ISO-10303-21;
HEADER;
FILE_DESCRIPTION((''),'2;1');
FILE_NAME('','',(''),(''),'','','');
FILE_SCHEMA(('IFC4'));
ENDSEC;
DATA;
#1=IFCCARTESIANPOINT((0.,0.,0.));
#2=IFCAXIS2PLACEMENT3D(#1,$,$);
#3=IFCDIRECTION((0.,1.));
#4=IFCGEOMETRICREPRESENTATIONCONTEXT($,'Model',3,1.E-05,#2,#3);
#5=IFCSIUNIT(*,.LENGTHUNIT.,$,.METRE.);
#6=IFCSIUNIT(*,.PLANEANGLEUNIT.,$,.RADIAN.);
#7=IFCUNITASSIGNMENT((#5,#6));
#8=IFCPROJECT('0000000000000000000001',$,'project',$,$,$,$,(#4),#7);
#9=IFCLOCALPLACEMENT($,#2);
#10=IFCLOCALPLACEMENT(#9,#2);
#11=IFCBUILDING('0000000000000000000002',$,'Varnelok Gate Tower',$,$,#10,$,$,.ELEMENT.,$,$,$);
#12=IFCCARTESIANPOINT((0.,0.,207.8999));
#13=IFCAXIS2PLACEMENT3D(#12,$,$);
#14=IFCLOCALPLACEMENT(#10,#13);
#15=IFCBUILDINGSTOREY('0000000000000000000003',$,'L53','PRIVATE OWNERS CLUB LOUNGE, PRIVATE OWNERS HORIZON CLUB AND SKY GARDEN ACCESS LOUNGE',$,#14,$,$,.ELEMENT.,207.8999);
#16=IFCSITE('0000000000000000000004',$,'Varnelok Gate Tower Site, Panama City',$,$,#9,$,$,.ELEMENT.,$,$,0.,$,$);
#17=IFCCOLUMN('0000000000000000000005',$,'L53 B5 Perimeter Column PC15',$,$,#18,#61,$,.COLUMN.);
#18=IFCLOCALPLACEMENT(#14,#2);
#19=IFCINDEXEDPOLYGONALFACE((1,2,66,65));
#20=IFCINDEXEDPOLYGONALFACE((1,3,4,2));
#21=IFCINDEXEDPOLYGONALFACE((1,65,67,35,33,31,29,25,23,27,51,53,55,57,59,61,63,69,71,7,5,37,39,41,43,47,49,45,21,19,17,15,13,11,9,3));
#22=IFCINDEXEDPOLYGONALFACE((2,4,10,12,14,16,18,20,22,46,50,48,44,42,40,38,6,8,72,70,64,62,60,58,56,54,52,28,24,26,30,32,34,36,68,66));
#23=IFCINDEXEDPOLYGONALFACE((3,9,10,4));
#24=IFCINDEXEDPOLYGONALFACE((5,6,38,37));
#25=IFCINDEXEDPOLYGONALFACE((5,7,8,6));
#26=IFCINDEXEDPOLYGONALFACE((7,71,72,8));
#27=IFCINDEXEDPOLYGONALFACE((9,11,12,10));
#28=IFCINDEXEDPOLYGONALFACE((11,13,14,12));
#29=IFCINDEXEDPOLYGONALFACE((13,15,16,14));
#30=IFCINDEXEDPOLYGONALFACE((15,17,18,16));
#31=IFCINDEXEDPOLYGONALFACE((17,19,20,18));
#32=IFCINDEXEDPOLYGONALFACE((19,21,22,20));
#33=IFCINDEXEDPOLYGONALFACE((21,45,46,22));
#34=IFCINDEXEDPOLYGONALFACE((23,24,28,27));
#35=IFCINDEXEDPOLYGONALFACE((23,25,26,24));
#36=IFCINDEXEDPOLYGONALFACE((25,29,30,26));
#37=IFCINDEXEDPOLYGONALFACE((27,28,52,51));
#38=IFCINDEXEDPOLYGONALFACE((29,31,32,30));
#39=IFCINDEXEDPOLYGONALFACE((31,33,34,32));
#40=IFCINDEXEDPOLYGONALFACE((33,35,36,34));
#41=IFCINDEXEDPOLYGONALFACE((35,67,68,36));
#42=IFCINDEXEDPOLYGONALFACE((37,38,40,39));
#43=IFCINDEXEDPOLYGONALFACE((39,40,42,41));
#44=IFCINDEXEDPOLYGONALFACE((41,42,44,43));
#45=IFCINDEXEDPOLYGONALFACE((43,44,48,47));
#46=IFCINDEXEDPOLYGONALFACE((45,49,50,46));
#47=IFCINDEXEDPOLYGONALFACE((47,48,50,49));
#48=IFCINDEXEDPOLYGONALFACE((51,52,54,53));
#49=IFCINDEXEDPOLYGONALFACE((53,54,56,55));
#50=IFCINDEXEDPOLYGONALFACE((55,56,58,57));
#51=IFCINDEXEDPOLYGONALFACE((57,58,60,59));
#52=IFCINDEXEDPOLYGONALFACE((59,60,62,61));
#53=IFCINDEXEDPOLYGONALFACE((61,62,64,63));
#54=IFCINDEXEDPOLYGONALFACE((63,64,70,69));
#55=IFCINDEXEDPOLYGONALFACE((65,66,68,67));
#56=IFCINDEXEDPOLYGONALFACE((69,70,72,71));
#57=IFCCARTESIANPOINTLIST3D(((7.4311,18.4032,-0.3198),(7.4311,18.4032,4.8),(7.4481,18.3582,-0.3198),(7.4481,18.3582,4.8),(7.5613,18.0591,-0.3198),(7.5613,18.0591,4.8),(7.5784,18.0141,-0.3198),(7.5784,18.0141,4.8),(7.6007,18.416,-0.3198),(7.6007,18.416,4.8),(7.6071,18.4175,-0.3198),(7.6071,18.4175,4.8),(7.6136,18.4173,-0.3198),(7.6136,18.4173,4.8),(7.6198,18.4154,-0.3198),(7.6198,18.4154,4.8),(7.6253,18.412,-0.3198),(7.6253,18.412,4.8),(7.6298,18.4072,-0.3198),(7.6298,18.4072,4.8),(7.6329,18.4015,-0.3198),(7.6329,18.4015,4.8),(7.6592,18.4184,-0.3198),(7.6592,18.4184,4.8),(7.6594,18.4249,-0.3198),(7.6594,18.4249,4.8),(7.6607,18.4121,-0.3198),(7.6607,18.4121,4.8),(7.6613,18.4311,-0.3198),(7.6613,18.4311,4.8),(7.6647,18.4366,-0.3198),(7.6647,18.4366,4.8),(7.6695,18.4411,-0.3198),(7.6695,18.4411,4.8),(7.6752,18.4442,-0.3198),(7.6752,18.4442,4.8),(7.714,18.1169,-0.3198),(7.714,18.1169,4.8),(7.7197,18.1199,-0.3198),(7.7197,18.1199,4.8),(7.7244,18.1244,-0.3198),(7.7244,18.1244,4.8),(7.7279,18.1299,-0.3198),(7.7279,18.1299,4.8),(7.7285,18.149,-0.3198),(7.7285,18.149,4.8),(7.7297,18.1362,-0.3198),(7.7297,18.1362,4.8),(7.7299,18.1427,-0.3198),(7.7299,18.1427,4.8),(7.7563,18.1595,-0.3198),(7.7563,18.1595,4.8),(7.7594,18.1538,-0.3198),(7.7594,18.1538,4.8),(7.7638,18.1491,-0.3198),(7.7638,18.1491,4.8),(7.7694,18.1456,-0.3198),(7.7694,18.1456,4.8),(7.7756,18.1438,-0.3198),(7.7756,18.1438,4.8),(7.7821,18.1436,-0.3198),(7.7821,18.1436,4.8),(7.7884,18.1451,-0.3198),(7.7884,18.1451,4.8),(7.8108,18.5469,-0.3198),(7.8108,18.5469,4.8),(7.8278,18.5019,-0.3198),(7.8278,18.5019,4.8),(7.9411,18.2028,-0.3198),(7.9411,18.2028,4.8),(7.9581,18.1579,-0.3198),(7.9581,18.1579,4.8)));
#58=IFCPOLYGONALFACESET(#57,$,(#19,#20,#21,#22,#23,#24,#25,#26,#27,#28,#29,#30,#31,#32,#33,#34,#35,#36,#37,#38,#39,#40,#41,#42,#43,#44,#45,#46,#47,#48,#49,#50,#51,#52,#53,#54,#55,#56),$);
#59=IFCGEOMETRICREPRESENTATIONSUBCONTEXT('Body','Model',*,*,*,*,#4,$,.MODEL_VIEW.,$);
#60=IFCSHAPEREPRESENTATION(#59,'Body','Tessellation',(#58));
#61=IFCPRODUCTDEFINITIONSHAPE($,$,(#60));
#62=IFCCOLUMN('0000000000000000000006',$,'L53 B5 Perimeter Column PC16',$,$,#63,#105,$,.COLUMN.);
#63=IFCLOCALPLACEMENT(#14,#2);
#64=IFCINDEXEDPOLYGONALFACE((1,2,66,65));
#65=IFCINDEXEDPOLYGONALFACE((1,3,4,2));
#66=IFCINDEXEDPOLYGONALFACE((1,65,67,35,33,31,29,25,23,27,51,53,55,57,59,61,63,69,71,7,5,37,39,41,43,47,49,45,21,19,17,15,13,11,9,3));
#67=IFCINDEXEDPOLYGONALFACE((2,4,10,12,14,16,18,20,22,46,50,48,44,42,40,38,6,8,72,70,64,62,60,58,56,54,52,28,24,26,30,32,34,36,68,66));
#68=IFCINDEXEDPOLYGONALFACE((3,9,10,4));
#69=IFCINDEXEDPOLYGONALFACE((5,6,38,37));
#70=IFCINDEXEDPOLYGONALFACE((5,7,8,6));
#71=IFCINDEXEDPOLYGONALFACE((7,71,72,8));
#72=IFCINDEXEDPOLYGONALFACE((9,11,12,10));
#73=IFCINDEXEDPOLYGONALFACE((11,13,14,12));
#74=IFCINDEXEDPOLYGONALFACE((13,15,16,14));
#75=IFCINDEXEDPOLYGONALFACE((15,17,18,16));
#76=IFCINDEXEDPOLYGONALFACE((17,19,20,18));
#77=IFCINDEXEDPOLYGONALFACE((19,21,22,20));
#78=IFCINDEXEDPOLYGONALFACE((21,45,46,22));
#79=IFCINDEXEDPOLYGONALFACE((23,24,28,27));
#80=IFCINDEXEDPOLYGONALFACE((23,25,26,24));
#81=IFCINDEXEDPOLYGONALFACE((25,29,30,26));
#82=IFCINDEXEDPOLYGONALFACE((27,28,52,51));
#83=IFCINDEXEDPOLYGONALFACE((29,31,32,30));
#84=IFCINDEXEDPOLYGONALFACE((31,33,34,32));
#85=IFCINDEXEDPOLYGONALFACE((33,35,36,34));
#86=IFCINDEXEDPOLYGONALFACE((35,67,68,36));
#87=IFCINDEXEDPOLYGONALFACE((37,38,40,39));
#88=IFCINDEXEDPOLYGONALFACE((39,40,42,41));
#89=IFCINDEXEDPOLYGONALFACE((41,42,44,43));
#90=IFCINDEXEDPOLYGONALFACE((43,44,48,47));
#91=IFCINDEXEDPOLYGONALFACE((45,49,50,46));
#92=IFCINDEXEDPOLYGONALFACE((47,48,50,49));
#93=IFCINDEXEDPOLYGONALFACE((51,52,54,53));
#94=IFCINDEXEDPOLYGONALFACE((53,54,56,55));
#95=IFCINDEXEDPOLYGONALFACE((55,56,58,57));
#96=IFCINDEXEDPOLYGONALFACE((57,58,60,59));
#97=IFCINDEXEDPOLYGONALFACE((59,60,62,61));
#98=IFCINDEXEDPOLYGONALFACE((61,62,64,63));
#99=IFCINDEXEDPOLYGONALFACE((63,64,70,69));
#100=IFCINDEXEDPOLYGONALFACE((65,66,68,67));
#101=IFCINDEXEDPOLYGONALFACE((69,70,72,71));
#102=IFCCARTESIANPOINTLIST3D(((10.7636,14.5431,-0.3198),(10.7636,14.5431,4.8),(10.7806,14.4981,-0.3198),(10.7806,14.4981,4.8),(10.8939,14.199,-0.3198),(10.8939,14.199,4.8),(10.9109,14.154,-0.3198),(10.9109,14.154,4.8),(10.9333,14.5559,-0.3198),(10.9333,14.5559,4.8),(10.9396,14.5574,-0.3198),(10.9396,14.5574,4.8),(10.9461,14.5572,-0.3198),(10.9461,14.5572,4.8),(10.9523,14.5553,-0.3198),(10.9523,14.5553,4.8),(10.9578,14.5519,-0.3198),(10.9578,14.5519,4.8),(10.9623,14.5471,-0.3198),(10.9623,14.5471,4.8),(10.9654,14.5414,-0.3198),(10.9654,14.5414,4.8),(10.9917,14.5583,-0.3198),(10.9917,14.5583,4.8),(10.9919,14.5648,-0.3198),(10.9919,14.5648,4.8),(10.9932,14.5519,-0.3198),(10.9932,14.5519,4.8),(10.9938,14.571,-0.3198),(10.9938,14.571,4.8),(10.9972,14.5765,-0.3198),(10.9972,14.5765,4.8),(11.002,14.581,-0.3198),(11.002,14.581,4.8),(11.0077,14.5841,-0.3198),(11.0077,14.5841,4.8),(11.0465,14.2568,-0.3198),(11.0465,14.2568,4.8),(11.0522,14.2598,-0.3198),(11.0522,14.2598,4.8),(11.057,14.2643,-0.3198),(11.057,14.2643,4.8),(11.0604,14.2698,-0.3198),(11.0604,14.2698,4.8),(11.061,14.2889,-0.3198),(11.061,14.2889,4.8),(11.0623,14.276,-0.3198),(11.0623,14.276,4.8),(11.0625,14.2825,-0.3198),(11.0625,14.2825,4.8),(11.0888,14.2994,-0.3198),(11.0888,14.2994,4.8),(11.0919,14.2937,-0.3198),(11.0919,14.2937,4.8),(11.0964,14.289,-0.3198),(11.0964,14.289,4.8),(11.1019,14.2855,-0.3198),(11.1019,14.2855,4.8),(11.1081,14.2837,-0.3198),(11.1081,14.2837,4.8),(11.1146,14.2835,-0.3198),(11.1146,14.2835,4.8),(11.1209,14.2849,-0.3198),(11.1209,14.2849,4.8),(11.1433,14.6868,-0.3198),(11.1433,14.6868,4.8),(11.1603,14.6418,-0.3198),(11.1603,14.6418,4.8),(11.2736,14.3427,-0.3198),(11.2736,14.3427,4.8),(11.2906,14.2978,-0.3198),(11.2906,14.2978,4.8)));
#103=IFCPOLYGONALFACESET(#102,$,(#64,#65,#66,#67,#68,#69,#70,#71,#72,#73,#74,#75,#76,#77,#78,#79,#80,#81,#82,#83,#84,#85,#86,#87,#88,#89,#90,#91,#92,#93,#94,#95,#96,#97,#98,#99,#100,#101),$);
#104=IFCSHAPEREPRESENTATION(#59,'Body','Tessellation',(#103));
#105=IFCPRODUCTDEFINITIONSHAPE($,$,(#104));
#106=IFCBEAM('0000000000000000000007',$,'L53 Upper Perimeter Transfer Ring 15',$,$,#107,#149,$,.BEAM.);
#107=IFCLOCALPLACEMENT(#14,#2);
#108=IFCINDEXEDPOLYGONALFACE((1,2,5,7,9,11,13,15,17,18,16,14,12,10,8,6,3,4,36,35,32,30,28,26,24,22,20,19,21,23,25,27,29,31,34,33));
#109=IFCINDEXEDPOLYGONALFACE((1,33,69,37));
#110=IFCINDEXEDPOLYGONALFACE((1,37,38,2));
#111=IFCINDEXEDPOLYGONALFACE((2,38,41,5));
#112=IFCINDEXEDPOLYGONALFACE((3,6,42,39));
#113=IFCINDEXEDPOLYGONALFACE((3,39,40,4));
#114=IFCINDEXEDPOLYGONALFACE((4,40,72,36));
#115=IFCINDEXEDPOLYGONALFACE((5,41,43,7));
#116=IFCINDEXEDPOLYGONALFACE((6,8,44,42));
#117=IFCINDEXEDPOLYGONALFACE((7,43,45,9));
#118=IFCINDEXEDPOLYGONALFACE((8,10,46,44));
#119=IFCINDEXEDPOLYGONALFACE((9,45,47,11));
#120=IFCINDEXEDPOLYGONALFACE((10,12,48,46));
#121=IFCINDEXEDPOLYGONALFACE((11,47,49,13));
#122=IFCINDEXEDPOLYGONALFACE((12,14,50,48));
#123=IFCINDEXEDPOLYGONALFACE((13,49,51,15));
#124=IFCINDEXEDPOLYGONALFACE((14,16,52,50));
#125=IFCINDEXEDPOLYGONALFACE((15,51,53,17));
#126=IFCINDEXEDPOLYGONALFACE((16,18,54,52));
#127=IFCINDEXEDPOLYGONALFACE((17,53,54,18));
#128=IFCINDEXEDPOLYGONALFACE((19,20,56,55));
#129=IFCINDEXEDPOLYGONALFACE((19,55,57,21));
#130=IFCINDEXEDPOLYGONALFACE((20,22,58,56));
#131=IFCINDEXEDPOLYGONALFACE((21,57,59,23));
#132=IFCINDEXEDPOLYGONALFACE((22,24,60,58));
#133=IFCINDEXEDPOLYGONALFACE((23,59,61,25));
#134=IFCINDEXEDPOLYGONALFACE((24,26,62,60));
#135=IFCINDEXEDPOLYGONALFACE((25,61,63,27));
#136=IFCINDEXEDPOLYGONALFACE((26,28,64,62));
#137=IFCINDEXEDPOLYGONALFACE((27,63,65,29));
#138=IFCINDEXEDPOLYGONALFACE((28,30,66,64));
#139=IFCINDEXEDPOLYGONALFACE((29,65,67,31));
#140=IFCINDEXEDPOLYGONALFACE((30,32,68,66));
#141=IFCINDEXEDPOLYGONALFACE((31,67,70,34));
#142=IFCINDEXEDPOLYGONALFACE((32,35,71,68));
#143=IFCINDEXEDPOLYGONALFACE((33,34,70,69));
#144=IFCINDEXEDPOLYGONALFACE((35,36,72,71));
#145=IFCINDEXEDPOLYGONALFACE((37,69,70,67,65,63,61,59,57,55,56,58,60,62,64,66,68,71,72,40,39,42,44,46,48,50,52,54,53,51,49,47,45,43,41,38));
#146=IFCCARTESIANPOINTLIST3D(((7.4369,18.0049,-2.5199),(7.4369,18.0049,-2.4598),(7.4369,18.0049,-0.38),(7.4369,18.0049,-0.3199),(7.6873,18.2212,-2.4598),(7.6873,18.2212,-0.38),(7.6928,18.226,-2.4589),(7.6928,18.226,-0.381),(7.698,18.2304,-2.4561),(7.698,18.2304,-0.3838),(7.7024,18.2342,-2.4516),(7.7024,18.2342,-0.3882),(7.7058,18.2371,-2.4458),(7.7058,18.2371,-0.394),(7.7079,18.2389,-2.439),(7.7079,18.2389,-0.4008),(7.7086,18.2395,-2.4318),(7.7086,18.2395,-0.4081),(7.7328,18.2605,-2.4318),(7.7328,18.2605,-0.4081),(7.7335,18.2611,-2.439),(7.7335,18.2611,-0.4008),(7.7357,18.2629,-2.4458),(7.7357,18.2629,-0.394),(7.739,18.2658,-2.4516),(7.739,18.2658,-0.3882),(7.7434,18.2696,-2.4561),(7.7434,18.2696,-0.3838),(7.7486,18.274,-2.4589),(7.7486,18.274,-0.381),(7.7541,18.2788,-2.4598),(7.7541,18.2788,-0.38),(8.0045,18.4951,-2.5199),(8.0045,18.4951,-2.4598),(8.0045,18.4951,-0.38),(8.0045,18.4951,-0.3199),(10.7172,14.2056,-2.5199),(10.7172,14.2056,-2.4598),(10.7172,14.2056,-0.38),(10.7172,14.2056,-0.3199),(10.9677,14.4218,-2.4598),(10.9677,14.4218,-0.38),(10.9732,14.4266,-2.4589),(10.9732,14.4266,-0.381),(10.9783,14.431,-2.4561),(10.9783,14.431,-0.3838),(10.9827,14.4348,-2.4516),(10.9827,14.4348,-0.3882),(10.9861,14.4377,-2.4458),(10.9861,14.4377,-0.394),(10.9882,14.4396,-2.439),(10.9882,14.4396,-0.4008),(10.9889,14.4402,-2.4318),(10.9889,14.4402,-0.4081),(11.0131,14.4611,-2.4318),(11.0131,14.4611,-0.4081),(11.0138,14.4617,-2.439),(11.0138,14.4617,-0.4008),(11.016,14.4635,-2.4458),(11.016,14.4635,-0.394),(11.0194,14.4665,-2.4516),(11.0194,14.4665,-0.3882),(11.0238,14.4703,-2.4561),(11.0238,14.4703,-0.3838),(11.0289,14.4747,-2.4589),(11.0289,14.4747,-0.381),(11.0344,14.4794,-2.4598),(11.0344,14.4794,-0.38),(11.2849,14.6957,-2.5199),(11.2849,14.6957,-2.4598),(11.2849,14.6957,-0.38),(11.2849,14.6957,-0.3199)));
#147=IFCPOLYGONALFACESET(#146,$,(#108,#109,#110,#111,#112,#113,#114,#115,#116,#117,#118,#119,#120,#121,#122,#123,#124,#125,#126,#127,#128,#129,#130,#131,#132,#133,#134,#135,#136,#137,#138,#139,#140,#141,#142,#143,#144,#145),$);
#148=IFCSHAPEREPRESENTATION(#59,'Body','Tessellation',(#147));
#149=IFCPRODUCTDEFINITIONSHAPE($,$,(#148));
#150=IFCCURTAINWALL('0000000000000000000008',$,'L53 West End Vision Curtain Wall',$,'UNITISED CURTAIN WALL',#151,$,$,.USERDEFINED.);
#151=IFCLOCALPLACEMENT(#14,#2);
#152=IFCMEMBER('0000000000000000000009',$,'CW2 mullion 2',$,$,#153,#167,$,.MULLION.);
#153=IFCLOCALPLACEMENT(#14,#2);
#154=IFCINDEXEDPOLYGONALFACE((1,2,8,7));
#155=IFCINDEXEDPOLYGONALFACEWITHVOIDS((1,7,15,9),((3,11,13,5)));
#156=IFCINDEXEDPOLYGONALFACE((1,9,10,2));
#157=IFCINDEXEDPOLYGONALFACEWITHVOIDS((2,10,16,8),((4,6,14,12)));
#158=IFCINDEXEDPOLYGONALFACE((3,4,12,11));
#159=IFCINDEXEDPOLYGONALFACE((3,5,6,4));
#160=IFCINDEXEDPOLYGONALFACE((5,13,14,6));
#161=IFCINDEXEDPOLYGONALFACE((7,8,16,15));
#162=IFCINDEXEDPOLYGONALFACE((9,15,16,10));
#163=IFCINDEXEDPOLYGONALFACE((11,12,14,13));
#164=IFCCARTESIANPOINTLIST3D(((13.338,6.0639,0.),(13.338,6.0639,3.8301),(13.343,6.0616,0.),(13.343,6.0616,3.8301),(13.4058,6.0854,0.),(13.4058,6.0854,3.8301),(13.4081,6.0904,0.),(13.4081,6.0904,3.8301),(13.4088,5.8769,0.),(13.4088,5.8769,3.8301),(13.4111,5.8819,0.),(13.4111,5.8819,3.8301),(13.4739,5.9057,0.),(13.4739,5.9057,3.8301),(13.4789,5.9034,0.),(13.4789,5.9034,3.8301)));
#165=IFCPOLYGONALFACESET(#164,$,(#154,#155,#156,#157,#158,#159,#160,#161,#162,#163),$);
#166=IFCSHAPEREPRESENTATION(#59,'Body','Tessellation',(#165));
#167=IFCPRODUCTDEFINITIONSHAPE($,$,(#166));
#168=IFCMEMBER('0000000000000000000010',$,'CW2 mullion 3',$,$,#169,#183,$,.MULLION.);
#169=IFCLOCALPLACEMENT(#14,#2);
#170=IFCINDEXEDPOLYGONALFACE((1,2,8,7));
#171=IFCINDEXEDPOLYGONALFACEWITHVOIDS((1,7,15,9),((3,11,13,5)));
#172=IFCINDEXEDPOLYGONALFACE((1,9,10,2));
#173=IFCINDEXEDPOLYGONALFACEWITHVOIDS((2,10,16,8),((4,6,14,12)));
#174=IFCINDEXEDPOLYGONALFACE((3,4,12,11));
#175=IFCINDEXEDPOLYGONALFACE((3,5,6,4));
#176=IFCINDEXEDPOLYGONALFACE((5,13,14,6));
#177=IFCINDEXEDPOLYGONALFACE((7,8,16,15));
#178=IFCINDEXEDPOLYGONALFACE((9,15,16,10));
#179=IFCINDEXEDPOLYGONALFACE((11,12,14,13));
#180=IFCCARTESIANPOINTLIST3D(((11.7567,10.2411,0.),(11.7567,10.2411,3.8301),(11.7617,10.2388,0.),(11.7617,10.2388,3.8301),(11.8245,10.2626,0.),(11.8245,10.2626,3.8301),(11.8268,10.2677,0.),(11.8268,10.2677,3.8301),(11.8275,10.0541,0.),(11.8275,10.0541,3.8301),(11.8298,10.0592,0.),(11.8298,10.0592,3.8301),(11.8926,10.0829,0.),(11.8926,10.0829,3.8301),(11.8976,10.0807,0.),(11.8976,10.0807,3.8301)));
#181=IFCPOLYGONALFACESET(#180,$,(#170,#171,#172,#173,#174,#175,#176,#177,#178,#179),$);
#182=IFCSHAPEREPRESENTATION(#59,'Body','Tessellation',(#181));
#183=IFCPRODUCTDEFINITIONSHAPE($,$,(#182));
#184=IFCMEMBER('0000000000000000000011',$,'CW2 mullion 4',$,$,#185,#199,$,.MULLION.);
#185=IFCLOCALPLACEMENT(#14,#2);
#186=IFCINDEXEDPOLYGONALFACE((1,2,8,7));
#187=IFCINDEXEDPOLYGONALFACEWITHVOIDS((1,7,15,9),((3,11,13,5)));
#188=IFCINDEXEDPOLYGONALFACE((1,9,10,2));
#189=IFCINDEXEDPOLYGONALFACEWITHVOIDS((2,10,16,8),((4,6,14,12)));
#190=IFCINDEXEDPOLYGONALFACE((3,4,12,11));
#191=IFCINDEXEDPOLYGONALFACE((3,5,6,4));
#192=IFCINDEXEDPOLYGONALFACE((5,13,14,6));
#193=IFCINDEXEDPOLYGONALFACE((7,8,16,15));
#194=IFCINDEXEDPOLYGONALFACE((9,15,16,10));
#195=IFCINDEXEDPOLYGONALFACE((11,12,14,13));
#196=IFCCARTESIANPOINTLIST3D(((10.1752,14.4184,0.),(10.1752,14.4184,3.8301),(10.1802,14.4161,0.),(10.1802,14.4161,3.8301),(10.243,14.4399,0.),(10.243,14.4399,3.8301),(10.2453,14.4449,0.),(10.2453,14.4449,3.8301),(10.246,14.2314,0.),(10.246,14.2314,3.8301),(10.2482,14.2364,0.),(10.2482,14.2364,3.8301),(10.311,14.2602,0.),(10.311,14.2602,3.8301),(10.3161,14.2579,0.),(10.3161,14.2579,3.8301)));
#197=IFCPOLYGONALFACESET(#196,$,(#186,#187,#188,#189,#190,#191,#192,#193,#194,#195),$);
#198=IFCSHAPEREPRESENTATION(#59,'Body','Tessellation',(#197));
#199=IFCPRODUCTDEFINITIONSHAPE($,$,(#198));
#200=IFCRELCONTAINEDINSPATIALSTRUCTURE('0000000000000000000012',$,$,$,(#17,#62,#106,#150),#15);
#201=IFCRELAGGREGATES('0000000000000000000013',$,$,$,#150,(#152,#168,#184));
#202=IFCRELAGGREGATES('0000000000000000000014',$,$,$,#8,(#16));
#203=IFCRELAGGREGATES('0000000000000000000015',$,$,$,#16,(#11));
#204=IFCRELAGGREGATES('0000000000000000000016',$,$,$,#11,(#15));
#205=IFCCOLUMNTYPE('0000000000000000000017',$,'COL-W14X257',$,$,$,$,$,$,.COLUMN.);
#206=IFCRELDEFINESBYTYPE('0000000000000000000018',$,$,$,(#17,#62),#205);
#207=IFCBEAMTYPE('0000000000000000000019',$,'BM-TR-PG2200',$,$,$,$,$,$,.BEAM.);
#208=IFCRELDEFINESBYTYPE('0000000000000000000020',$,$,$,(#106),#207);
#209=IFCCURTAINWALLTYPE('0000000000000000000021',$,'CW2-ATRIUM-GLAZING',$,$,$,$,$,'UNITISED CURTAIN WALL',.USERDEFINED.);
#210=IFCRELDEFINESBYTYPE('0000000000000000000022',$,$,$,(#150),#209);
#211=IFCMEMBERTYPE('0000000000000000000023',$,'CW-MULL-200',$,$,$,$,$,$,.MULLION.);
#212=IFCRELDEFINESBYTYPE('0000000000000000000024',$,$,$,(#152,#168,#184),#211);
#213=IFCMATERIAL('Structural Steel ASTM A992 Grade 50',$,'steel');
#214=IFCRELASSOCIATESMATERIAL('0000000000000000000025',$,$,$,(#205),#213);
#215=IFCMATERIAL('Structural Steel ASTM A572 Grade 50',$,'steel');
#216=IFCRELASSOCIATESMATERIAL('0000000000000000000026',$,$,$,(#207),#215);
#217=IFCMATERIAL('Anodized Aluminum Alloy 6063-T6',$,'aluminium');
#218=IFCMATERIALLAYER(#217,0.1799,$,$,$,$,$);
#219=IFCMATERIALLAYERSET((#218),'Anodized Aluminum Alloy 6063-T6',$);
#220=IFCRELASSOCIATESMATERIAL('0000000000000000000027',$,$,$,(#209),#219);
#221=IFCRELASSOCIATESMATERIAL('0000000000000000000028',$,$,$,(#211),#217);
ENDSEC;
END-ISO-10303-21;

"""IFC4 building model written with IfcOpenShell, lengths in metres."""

from ifc_helpers import new_model, si_unit, direction, frame, origin, origin_2d, place, context, subcontext, project, spatial, hollow_rectangle, i_section, extrude, material, layer, layer_set, material_profile, profile_set, type_object, element, aggregate, save


model = new_model("IFC4")

# Units and contexts
model_context = context("Model", 3, precision=1e-05, world=origin(), true_north=direction((0.0, 1.0)))
body_context = subcontext(model_context, "Body", "Model", "MODEL_VIEW")
ifc_project = project(units=[si_unit("LENGTHUNIT", "METRE"), si_unit("PLANEANGLEUNIT", "RADIAN")], contexts=[model_context])

# Site, building, storey
site_placement = place(None, origin())
site = spatial("IfcSite", under=ifc_project, at=site_placement, Name="Varnelok Gate Tower Site, Panama City", CompositionType="ELEMENT", RefElevation=0.0)
building_placement = place(site_placement, origin())
building = spatial("IfcBuilding", under=site, at=building_placement, Name="Varnelok Gate Tower", CompositionType="ELEMENT")
storey_placement = place(building_placement, frame((0.0, 0.0, 207.8999)))
storey = spatial("IfcBuildingStorey", under=building, at=storey_placement, Name="L53", Description="PRIVATE OWNERS CLUB LOUNGE, PRIVATE OWNERS HORIZON CLUB AND SKY GARDEN ACCESS LOUNGE", CompositionType="ELEMENT", Elevation=207.8999)

# Columns
ifc_material_1 = material(Name="Structural Steel ASTM A992 Grade 50", Category="steel")
ifc_material_profile_1 = material_profile(ifc_material_1, i_section(OverallWidth=0.406, OverallDepth=0.416, WebThickness=0.0298, FlangeThickness=0.0481, FilletRadius=0.0249, at=origin_2d()), Name="W14X257")
ifc_profile_set_1 = profile_set([ifc_material_profile_1], Name="Structural Steel ASTM A992 Grade 50")
column_type = type_object("IfcColumnType", Name="COL-W14X257", PredefinedType="COLUMN", material=ifc_profile_set_1)
for number, where, z_axis, x_axis, name in (
    (1, (7.6946, 18.2805, -0.3198), (0.0, 0.0, 1.0), (0.935222, 0.354063, 0.0), "L53 B5 Perimeter Column PC15"),
    (2, (11.0271, 14.4204, -0.3198), (0.0, 0.0, 1.0), (0.935222, 0.354063, 0.0), "L53 B5 Perimeter Column PC16"),
):
    element("IfcColumn", number, at=place(storey_placement, frame(where, z_axis=z_axis, x_axis=x_axis)), inside=storey, type_object=column_type, Name=name, PredefinedType="COLUMN", context=body_context, shape_type="SweptSolid", body=[
        extrude(i_section(OverallWidth=0.406, OverallDepth=0.416, WebThickness=0.0298, FlangeThickness=0.0481, FilletRadius=0.0249, at=origin_2d()), origin(), (0.0, 0.0, 1.0), 5.1199),
    ])

# Beam
ifc_material_2 = material(Name="Structural Steel ASTM A572 Grade 50", Category="steel")
ifc_material_profile_2 = material_profile(ifc_material_2, i_section(OverallWidth=0.75, OverallDepth=2.2, WebThickness=0.032, FlangeThickness=0.0601, FilletRadius=0.0281, at=origin_2d()), Name="PG2200X750")
ifc_profile_set_2 = profile_set([ifc_material_profile_2], Name="Structural Steel ASTM A572 Grade 50")
beam_type = type_object("IfcBeamType", Name="BM-TR-PG2200", PredefinedType="BEAM", material=ifc_profile_set_2)
beam_placement = place(storey_placement, frame((7.7207, 18.25, -1.4199), z_axis=(0.653511, -0.756917, 0.0), x_axis=(0.756917, 0.653511, 0.0)))
element("IfcBeam", 3, at=beam_placement, inside=storey, type_object=beam_type, Name="L53 Upper Perimeter Transfer Ring 15", PredefinedType="BEAM", context=body_context, shape_type="SweptSolid", body=[
    extrude(i_section(OverallWidth=0.75, OverallDepth=2.2, WebThickness=0.032, FlangeThickness=0.0601, FilletRadius=0.0281, at=origin_2d()), origin(), (0.0, 0.0, 1.0), 5.0195),
])

# Curtain wall, members
ifc_material_3 = material(Name="Anodized Aluminum Alloy 6063-T6", Category="aluminium")
ifc_layer_1 = layer(ifc_material_3, 0.1799)
ifc_layer_set_1 = layer_set([ifc_layer_1], Name="Anodized Aluminum Alloy 6063-T6")
curtain_wall_type = type_object("IfcCurtainWallType", Name="CW2-ATRIUM-GLAZING", ElementType="UNITISED CURTAIN WALL", PredefinedType="USERDEFINED", material=ifc_layer_set_1)
curtain_wall_placement = place(storey_placement, origin())
curtain_wall = element("IfcCurtainWall", 4, at=curtain_wall_placement, inside=storey, type_object=curtain_wall_type, Name="L53 West End Vision Curtain Wall", ObjectType="UNITISED CURTAIN WALL", PredefinedType="USERDEFINED")
ifc_material_profile_3 = material_profile(ifc_material_3, hollow_rectangle(XDim=0.075, YDim=0.2, WallThickness=0.0039, at=origin_2d()), Name="ALU200X75X4")
ifc_profile_set_3 = profile_set([ifc_material_profile_3], Name="Anodized Aluminum Alloy 6063-T6")
member_type_1 = type_object("IfcMemberType", Name="CW-MULL-200", PredefinedType="MULLION", material=ifc_profile_set_3)
member_1_placement = place(storey_placement, frame((13.4084, 5.9836, 0.0), z_axis=(0.0, 0.0, 1.0), x_axis=(-0.935221, -0.354064, 0.0)))
member_1 = element("IfcMember", 5, at=member_1_placement, type_object=member_type_1, Name="CW2 mullion 2", PredefinedType="MULLION", context=body_context, shape_type="SweptSolid", body=[
    extrude(hollow_rectangle(XDim=0.075, YDim=0.2, WallThickness=0.0039, at=origin_2d()), origin(), (0.0, 0.0, 1.0), 3.8301),
])
member_2_placement = place(storey_placement, frame((11.8271, 10.1609, 0.0), z_axis=(0.0, 0.0, 1.0), x_axis=(-0.935221, -0.354064, 0.0)))
member_2 = element("IfcMember", 6, at=member_2_placement, type_object=member_type_1, Name="CW2 mullion 3", PredefinedType="MULLION", context=body_context, shape_type="SweptSolid", body=[
    extrude(hollow_rectangle(XDim=0.075, YDim=0.2, WallThickness=0.0039, at=origin_2d()), origin(), (0.0, 0.0, 1.0), 3.8301),
])
member_3_placement = place(storey_placement, frame((10.2456, 14.3381, 0.0), z_axis=(0.0, 0.0, 1.0), x_axis=(-0.935221, -0.354064, 0.0)))
member_3 = element("IfcMember", 7, at=member_3_placement, type_object=member_type_1, Name="CW2 mullion 4", PredefinedType="MULLION", context=body_context, shape_type="SweptSolid", body=[
    extrude(hollow_rectangle(XDim=0.075, YDim=0.2, WallThickness=0.0039, at=origin_2d()), origin(), (0.0, 0.0, 1.0), 3.8301),
])

aggregate(curtain_wall, [member_1, member_2, member_3])

save(model, "model.ifc")
